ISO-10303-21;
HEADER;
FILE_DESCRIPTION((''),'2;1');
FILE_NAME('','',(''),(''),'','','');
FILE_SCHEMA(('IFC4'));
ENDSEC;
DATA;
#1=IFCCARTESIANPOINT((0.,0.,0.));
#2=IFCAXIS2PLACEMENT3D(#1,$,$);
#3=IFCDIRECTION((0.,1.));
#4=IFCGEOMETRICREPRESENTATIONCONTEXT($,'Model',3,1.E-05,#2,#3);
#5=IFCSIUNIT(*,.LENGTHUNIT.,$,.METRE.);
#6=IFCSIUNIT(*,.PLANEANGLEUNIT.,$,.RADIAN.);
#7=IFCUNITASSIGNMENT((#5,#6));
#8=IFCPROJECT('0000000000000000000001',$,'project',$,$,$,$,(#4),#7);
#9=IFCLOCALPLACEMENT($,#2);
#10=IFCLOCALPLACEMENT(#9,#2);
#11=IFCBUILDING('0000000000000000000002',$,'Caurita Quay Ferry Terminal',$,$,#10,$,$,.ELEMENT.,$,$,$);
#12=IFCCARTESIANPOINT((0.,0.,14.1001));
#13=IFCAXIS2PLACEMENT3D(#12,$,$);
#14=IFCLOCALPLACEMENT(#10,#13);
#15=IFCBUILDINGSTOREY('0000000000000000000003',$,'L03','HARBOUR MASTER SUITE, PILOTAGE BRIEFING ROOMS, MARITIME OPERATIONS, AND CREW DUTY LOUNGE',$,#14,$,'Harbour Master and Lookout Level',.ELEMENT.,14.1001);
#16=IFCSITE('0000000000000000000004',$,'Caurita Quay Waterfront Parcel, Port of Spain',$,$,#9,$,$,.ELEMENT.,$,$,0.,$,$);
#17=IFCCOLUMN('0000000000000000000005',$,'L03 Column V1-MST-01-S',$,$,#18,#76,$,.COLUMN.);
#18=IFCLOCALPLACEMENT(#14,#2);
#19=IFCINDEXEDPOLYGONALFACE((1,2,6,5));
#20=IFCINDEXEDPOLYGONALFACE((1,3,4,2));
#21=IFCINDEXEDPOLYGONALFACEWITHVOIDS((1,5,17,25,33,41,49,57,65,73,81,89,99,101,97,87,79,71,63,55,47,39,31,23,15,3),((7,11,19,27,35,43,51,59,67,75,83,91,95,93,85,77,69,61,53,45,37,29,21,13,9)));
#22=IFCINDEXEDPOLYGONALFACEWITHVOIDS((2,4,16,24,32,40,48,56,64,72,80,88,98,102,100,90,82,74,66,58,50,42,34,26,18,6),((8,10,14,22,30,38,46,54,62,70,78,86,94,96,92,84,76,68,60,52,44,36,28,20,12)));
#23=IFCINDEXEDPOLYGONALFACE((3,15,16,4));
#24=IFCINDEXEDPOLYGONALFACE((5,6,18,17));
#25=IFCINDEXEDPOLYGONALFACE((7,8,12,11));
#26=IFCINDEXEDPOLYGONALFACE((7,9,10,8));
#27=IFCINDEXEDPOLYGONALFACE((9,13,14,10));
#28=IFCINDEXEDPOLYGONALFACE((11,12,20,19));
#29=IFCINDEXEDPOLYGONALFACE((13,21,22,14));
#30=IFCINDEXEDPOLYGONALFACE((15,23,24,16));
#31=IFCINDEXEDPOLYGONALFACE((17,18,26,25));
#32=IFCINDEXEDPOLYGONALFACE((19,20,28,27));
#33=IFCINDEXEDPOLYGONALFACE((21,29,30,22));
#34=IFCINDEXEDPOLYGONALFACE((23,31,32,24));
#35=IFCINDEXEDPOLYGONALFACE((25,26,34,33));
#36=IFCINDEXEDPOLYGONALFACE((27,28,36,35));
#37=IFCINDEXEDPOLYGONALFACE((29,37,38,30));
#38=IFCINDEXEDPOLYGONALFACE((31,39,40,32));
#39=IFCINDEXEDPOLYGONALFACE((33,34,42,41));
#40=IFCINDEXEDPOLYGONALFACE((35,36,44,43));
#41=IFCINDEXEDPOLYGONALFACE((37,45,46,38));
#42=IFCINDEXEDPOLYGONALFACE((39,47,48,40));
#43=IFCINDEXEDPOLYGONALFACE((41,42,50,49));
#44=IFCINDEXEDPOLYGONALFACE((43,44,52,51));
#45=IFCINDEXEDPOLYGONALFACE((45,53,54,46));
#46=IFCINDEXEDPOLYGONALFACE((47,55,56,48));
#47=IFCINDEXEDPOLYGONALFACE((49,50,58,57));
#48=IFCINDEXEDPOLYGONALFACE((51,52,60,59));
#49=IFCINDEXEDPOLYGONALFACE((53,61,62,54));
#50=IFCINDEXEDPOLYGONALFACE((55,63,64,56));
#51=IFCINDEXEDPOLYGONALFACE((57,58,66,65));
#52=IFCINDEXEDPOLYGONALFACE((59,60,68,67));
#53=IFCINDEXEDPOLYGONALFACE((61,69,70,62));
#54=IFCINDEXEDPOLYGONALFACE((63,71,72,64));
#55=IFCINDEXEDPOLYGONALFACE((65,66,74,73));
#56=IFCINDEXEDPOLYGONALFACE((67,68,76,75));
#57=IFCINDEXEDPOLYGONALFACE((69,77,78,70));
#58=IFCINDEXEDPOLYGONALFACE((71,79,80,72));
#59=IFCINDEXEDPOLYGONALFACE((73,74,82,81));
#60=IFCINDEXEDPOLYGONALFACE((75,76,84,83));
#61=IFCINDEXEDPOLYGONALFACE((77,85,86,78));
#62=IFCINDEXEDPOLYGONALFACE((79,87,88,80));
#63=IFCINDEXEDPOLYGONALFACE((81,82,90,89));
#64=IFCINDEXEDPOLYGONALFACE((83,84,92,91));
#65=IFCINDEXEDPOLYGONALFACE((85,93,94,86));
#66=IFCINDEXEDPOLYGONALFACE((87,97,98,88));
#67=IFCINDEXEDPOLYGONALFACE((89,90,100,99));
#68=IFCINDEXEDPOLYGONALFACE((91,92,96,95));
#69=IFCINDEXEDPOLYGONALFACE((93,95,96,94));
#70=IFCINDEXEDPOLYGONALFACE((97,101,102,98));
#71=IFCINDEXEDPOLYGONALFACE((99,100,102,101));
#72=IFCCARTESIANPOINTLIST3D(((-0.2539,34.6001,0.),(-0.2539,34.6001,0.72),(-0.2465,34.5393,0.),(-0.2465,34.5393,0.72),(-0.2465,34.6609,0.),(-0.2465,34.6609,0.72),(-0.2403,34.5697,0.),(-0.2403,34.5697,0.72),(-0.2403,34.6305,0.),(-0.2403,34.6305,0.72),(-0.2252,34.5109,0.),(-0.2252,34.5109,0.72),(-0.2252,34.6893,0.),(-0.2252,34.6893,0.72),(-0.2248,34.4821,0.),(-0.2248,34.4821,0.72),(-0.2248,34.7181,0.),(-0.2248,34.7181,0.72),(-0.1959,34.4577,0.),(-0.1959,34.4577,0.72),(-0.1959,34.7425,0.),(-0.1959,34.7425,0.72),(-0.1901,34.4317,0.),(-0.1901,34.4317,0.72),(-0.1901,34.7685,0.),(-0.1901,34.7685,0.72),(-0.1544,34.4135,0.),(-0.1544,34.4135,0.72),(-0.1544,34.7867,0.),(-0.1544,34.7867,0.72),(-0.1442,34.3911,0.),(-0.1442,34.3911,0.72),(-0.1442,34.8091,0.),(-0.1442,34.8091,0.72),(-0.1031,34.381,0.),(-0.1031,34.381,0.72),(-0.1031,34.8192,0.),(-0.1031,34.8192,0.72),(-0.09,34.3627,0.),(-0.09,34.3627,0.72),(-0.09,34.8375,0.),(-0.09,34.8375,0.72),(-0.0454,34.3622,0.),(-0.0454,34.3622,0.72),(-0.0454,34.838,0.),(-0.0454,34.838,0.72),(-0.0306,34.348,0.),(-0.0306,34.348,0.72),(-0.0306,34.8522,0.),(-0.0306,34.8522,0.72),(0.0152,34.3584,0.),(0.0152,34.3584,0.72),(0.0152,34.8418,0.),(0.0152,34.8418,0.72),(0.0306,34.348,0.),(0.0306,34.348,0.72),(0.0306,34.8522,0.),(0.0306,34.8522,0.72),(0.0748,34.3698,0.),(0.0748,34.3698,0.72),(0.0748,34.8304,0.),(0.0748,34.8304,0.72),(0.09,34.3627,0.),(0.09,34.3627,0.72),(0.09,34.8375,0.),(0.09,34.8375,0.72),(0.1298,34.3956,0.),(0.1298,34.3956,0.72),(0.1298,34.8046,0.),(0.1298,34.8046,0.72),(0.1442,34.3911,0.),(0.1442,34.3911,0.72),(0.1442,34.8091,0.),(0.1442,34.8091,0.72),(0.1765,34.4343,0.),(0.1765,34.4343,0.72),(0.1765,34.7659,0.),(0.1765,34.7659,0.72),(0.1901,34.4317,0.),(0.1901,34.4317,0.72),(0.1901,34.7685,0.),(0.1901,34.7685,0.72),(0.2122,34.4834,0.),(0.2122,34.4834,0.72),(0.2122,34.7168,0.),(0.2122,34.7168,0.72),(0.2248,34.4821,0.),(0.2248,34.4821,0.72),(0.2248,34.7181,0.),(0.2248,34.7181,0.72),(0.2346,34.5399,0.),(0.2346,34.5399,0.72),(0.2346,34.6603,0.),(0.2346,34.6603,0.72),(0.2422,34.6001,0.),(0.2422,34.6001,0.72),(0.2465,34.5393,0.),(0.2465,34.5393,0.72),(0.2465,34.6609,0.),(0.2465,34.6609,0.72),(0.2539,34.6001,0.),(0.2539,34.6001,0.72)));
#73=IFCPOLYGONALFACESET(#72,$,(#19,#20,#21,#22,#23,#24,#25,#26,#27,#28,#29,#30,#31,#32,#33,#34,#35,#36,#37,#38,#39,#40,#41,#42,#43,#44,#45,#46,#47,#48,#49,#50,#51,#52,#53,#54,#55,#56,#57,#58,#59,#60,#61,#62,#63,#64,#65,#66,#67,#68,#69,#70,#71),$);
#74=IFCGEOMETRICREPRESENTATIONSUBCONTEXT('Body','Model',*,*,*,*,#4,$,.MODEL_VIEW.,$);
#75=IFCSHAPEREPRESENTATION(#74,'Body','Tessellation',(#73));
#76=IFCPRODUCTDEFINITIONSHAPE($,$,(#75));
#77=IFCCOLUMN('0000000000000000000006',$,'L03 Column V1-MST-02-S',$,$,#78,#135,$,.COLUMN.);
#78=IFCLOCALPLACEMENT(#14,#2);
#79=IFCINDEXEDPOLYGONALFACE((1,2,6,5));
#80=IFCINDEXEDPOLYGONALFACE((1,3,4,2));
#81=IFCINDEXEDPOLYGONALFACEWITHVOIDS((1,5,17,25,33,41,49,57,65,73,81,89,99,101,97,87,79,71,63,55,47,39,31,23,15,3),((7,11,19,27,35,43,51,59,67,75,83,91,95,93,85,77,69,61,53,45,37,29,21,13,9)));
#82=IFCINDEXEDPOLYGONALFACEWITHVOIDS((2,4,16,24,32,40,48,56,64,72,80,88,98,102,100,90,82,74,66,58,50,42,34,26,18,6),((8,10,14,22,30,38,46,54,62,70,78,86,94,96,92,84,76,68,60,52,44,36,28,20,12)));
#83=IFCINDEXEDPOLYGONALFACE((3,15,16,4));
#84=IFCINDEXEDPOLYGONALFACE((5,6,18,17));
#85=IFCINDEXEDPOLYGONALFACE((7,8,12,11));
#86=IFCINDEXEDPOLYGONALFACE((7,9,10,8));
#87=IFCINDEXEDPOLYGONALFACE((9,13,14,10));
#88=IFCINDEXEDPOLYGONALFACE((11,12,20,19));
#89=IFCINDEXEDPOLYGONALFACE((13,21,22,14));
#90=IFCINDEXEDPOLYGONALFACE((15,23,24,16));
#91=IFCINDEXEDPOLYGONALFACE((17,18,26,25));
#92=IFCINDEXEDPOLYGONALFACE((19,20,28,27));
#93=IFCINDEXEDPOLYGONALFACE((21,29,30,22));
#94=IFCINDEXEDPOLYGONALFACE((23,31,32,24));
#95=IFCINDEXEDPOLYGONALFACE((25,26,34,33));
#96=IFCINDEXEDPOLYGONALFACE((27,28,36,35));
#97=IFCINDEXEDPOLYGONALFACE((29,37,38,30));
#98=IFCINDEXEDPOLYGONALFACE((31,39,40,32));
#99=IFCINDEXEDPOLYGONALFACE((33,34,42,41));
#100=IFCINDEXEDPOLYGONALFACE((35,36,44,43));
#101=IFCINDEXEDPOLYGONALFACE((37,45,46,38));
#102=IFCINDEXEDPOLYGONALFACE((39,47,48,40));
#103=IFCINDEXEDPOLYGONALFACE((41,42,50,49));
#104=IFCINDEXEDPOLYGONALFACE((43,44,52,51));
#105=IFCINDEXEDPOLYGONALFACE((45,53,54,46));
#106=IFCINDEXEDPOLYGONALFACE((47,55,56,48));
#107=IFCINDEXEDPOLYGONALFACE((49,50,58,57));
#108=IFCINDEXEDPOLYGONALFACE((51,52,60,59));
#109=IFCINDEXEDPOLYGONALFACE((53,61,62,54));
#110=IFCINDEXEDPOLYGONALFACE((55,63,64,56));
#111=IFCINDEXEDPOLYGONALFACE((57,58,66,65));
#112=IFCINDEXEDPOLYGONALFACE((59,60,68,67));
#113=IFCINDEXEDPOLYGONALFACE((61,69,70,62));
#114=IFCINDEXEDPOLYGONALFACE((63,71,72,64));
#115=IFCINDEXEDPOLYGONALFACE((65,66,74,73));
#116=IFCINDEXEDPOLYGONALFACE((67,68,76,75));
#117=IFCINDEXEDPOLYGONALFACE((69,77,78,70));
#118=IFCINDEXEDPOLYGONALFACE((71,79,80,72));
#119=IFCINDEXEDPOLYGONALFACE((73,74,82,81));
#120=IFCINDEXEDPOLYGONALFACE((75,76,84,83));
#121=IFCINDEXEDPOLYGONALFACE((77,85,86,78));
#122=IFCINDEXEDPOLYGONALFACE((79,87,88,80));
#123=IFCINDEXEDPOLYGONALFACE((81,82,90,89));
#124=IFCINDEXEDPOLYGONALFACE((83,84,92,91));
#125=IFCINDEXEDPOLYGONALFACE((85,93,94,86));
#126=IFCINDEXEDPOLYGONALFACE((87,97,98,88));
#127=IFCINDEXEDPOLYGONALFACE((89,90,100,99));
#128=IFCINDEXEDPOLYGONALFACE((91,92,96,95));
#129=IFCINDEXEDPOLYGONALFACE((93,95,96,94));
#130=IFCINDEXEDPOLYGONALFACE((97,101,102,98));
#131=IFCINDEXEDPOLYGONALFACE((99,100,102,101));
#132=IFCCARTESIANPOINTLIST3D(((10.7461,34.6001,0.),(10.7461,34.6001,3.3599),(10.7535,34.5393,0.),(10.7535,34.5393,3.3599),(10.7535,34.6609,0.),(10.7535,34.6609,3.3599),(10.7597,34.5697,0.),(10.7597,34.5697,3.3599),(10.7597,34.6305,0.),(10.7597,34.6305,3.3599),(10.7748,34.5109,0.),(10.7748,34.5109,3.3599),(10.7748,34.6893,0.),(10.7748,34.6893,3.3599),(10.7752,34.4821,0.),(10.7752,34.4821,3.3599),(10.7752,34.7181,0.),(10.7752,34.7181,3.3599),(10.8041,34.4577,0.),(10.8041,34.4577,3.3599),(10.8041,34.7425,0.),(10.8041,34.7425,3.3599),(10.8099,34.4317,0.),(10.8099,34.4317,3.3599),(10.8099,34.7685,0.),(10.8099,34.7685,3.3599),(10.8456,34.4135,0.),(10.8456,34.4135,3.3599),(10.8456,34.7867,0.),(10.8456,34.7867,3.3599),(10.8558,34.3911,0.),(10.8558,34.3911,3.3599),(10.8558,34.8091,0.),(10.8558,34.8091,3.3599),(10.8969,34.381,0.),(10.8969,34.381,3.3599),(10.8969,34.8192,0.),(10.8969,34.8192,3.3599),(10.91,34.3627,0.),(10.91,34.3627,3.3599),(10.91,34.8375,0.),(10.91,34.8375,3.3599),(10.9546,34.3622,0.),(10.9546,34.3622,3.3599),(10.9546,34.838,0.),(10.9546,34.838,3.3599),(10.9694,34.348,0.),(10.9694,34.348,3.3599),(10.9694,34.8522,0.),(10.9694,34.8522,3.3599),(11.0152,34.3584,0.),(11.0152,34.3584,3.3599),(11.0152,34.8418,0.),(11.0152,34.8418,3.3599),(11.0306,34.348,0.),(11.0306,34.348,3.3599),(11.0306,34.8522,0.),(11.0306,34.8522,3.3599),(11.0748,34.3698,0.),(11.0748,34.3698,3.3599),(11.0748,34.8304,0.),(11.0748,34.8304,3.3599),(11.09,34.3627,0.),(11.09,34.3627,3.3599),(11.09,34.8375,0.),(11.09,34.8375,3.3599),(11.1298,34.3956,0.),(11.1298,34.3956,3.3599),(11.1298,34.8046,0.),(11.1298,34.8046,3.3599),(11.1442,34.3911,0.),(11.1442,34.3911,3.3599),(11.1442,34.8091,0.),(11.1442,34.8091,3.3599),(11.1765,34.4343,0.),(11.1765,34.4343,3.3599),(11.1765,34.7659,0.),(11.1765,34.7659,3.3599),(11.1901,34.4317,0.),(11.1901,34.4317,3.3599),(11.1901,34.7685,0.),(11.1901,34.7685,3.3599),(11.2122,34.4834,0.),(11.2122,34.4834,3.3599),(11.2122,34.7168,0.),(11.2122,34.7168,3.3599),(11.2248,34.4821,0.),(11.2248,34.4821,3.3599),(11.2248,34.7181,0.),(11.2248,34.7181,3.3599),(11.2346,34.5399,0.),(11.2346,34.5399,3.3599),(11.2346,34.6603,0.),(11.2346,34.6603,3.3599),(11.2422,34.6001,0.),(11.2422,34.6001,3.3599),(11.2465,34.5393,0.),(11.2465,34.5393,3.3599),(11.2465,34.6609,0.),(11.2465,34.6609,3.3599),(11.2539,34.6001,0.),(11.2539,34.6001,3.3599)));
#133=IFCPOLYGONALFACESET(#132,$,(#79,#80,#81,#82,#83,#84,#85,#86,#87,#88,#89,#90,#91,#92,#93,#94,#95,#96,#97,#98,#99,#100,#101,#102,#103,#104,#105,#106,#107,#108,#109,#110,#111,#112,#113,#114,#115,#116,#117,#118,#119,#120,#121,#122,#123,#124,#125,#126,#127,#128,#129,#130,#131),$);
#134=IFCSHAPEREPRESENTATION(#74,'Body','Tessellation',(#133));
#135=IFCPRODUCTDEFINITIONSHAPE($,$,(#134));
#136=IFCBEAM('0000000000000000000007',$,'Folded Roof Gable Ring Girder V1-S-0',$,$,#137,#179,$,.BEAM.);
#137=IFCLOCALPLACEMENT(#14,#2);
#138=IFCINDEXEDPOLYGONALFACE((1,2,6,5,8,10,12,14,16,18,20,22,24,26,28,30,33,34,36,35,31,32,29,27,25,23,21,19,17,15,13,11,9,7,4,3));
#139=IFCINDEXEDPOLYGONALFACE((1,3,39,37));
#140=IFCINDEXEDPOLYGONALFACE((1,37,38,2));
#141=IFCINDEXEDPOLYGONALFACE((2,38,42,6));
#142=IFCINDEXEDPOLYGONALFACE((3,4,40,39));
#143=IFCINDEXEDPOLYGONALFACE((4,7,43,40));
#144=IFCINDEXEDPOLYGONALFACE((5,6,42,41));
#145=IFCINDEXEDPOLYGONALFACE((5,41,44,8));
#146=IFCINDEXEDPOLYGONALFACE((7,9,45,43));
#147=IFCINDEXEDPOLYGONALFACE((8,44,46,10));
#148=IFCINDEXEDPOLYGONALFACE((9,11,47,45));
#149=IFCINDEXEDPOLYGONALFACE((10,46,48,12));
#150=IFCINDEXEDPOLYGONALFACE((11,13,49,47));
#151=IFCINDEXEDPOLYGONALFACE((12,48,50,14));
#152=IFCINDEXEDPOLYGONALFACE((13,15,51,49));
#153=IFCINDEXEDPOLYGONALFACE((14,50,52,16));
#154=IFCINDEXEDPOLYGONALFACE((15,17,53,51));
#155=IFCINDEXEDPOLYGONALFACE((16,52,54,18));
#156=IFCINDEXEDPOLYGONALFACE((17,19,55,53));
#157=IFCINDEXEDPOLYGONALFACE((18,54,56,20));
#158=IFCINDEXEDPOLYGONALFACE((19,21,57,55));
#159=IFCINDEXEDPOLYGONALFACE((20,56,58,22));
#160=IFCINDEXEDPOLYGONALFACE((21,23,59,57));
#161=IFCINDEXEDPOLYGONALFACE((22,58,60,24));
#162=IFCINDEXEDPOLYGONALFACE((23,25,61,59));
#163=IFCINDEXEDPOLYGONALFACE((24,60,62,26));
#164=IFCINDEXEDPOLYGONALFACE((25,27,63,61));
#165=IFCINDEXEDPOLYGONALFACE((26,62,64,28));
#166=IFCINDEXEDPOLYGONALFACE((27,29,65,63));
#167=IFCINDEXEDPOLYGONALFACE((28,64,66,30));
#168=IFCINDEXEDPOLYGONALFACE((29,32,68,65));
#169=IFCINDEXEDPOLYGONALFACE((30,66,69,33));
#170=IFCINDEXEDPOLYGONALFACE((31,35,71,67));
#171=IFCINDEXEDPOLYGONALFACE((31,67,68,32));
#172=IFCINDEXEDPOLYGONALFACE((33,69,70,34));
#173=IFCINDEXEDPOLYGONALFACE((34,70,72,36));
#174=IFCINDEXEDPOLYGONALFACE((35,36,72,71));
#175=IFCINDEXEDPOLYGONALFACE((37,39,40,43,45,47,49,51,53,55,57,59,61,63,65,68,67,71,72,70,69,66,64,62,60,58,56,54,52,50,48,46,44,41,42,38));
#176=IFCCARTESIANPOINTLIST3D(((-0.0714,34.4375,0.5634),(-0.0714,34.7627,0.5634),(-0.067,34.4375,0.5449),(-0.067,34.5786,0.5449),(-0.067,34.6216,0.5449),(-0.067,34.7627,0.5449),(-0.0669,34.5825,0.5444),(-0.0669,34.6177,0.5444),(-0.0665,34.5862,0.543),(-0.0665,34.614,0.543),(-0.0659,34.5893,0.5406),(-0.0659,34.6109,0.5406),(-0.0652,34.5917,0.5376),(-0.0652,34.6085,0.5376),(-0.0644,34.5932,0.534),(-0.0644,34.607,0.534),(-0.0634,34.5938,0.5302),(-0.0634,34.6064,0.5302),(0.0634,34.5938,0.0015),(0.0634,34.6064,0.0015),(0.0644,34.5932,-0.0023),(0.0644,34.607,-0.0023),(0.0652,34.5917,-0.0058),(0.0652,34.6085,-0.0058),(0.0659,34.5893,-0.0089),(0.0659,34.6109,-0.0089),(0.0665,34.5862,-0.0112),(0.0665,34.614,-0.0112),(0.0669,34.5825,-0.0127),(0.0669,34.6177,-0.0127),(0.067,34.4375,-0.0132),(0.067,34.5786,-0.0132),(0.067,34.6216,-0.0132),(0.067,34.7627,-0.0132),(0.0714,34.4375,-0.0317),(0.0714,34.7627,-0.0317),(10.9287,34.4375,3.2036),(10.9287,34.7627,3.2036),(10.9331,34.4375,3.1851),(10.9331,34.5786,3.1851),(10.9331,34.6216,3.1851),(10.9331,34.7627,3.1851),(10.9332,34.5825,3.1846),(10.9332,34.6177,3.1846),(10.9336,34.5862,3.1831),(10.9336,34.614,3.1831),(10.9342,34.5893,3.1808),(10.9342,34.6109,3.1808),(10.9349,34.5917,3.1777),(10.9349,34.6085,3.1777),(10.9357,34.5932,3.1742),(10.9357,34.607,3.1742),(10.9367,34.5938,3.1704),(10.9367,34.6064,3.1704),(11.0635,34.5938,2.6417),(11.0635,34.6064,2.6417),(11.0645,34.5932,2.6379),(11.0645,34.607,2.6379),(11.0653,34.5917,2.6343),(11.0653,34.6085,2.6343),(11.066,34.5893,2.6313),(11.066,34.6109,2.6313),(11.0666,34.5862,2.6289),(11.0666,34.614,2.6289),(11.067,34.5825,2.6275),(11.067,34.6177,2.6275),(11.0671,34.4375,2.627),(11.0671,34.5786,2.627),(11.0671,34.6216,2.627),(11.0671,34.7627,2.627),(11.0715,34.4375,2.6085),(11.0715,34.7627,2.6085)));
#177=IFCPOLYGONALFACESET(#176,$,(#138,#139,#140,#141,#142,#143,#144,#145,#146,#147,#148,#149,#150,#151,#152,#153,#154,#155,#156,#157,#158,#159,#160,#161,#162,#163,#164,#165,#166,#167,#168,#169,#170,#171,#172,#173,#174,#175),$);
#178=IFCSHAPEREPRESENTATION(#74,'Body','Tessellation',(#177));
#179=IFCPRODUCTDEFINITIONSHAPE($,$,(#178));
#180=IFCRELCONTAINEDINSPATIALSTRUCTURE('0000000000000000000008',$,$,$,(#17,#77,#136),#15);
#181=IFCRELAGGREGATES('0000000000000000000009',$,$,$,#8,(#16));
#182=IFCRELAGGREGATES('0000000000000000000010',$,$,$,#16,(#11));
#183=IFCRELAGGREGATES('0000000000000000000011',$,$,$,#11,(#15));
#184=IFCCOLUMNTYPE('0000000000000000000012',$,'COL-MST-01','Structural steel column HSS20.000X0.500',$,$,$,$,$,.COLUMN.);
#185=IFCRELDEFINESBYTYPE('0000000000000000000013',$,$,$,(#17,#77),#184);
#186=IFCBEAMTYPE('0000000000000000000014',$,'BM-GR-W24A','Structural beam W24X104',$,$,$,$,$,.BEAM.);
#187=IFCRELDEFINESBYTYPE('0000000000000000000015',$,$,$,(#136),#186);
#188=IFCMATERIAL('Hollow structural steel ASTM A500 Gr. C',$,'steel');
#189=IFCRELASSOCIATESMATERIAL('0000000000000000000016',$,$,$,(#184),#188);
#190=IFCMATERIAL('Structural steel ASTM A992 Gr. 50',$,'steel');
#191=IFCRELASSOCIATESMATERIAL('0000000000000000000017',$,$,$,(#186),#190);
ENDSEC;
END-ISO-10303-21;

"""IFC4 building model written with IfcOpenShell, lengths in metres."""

from ifc_helpers import new_model, si_unit, direction, frame, origin, origin_2d, place, context, subcontext, project, spatial, hollow_circle, i_section, extrude, material, material_profile, profile_set, type_object, element, save


model = new_model("IFC4")

# Units and contexts
model_context = context("Model", 3, precision=1e-05, world=origin(), true_north=direction((0.0, 1.0)))
body_context = subcontext(model_context, "Body", "Model", "MODEL_VIEW")
ifc_project = project(units=[si_unit("LENGTHUNIT", "METRE"), si_unit("PLANEANGLEUNIT", "RADIAN")], contexts=[model_context])

# Site, building, storey
site_placement = place(None, origin())
site = spatial("IfcSite", under=ifc_project, at=site_placement, Name="Caurita Quay Waterfront Parcel, Port of Spain", CompositionType="ELEMENT", RefElevation=0.0)
building_placement = place(site_placement, origin())
building = spatial("IfcBuilding", under=site, at=building_placement, Name="Caurita Quay Ferry Terminal", CompositionType="ELEMENT")
storey_placement = place(building_placement, frame((0.0, 0.0, 14.1001)))
storey = spatial("IfcBuildingStorey", under=building, at=storey_placement, Name="L03", Description="HARBOUR MASTER SUITE, PILOTAGE BRIEFING ROOMS, MARITIME OPERATIONS, AND CREW DUTY LOUNGE", LongName="Harbour Master and Lookout Level", CompositionType="ELEMENT", Elevation=14.1001)

# Columns
ifc_material_1 = material(Name="Hollow structural steel ASTM A500 Gr. C", Category="steel")
ifc_material_profile_1 = material_profile(ifc_material_1, hollow_circle(Radius=0.2539, WallThickness=0.0117, at=origin_2d()), Name="HSS20.000X0.500")
ifc_profile_set_1 = profile_set([ifc_material_profile_1], Name="Hollow structural steel ASTM A500 Gr. C")
column_type = type_object("IfcColumnType", Name="COL-MST-01", Description="Structural steel column HSS20.000X0.500", PredefinedType="COLUMN", material=ifc_profile_set_1)
column_1_placement = place(storey_placement, frame((0.0, 34.6001, 0.0), z_axis=(0.0, 0.0, 1.0), x_axis=(1.0, 0.0, 0.0)))
element("IfcColumn", 1, at=column_1_placement, inside=storey, type_object=column_type, Name="L03 Column V1-MST-01-S", PredefinedType="COLUMN", context=body_context, shape_type="SweptSolid", body=[
    extrude(hollow_circle(Radius=0.2539, WallThickness=0.0117, at=origin_2d()), origin(), (0.0, 0.0, 1.0), 0.72),
])
column_2_placement = place(storey_placement, frame((11.0, 34.6001, 0.0), z_axis=(0.0, 0.0, 1.0), x_axis=(1.0, 0.0, 0.0)))
element("IfcColumn", 2, at=column_2_placement, inside=storey, type_object=column_type, Name="L03 Column V1-MST-02-S", PredefinedType="COLUMN", context=body_context, shape_type="SweptSolid", body=[
    extrude(hollow_circle(Radius=0.2539, WallThickness=0.0117, at=origin_2d()), origin(), (0.0, 0.0, 1.0), 3.3599),
])

# Beam
ifc_material_2 = material(Name="Structural steel ASTM A992 Gr. 50", Category="steel")
ifc_material_profile_2 = material_profile(ifc_material_2, i_section(OverallWidth=0.3252, OverallDepth=0.6121, WebThickness=0.0127, FlangeThickness=0.019, FilletRadius=0.0151, at=origin_2d()), Name="W24X104")
ifc_profile_set_2 = profile_set([ifc_material_profile_2], Name="Structural steel ASTM A992 Gr. 50")
beam_type = type_object("IfcBeamType", Name="BM-GR-W24A", Description="Structural beam W24X104", PredefinedType="BEAM", material=ifc_profile_set_2)
beam_placement = place(storey_placement, frame((0.0, 34.6001, 0.2659), z_axis=(0.972385, 0.0, 0.233384), x_axis=(0.0, 1.0, 0.0)))
element("IfcBeam", 3, at=beam_placement, inside=storey, type_object=beam_type, Name="Folded Roof Gable Ring Girder V1-S-0", PredefinedType="BEAM", context=body_context, shape_type="SweptSolid", body=[
    extrude(i_section(OverallWidth=0.3252, OverallDepth=0.6121, WebThickness=0.0127, FlangeThickness=0.019, FilletRadius=0.0151, at=origin_2d()), origin(), (0.0, 0.0, 1.0), 11.3125),
])

save(model, "model.ifc")
